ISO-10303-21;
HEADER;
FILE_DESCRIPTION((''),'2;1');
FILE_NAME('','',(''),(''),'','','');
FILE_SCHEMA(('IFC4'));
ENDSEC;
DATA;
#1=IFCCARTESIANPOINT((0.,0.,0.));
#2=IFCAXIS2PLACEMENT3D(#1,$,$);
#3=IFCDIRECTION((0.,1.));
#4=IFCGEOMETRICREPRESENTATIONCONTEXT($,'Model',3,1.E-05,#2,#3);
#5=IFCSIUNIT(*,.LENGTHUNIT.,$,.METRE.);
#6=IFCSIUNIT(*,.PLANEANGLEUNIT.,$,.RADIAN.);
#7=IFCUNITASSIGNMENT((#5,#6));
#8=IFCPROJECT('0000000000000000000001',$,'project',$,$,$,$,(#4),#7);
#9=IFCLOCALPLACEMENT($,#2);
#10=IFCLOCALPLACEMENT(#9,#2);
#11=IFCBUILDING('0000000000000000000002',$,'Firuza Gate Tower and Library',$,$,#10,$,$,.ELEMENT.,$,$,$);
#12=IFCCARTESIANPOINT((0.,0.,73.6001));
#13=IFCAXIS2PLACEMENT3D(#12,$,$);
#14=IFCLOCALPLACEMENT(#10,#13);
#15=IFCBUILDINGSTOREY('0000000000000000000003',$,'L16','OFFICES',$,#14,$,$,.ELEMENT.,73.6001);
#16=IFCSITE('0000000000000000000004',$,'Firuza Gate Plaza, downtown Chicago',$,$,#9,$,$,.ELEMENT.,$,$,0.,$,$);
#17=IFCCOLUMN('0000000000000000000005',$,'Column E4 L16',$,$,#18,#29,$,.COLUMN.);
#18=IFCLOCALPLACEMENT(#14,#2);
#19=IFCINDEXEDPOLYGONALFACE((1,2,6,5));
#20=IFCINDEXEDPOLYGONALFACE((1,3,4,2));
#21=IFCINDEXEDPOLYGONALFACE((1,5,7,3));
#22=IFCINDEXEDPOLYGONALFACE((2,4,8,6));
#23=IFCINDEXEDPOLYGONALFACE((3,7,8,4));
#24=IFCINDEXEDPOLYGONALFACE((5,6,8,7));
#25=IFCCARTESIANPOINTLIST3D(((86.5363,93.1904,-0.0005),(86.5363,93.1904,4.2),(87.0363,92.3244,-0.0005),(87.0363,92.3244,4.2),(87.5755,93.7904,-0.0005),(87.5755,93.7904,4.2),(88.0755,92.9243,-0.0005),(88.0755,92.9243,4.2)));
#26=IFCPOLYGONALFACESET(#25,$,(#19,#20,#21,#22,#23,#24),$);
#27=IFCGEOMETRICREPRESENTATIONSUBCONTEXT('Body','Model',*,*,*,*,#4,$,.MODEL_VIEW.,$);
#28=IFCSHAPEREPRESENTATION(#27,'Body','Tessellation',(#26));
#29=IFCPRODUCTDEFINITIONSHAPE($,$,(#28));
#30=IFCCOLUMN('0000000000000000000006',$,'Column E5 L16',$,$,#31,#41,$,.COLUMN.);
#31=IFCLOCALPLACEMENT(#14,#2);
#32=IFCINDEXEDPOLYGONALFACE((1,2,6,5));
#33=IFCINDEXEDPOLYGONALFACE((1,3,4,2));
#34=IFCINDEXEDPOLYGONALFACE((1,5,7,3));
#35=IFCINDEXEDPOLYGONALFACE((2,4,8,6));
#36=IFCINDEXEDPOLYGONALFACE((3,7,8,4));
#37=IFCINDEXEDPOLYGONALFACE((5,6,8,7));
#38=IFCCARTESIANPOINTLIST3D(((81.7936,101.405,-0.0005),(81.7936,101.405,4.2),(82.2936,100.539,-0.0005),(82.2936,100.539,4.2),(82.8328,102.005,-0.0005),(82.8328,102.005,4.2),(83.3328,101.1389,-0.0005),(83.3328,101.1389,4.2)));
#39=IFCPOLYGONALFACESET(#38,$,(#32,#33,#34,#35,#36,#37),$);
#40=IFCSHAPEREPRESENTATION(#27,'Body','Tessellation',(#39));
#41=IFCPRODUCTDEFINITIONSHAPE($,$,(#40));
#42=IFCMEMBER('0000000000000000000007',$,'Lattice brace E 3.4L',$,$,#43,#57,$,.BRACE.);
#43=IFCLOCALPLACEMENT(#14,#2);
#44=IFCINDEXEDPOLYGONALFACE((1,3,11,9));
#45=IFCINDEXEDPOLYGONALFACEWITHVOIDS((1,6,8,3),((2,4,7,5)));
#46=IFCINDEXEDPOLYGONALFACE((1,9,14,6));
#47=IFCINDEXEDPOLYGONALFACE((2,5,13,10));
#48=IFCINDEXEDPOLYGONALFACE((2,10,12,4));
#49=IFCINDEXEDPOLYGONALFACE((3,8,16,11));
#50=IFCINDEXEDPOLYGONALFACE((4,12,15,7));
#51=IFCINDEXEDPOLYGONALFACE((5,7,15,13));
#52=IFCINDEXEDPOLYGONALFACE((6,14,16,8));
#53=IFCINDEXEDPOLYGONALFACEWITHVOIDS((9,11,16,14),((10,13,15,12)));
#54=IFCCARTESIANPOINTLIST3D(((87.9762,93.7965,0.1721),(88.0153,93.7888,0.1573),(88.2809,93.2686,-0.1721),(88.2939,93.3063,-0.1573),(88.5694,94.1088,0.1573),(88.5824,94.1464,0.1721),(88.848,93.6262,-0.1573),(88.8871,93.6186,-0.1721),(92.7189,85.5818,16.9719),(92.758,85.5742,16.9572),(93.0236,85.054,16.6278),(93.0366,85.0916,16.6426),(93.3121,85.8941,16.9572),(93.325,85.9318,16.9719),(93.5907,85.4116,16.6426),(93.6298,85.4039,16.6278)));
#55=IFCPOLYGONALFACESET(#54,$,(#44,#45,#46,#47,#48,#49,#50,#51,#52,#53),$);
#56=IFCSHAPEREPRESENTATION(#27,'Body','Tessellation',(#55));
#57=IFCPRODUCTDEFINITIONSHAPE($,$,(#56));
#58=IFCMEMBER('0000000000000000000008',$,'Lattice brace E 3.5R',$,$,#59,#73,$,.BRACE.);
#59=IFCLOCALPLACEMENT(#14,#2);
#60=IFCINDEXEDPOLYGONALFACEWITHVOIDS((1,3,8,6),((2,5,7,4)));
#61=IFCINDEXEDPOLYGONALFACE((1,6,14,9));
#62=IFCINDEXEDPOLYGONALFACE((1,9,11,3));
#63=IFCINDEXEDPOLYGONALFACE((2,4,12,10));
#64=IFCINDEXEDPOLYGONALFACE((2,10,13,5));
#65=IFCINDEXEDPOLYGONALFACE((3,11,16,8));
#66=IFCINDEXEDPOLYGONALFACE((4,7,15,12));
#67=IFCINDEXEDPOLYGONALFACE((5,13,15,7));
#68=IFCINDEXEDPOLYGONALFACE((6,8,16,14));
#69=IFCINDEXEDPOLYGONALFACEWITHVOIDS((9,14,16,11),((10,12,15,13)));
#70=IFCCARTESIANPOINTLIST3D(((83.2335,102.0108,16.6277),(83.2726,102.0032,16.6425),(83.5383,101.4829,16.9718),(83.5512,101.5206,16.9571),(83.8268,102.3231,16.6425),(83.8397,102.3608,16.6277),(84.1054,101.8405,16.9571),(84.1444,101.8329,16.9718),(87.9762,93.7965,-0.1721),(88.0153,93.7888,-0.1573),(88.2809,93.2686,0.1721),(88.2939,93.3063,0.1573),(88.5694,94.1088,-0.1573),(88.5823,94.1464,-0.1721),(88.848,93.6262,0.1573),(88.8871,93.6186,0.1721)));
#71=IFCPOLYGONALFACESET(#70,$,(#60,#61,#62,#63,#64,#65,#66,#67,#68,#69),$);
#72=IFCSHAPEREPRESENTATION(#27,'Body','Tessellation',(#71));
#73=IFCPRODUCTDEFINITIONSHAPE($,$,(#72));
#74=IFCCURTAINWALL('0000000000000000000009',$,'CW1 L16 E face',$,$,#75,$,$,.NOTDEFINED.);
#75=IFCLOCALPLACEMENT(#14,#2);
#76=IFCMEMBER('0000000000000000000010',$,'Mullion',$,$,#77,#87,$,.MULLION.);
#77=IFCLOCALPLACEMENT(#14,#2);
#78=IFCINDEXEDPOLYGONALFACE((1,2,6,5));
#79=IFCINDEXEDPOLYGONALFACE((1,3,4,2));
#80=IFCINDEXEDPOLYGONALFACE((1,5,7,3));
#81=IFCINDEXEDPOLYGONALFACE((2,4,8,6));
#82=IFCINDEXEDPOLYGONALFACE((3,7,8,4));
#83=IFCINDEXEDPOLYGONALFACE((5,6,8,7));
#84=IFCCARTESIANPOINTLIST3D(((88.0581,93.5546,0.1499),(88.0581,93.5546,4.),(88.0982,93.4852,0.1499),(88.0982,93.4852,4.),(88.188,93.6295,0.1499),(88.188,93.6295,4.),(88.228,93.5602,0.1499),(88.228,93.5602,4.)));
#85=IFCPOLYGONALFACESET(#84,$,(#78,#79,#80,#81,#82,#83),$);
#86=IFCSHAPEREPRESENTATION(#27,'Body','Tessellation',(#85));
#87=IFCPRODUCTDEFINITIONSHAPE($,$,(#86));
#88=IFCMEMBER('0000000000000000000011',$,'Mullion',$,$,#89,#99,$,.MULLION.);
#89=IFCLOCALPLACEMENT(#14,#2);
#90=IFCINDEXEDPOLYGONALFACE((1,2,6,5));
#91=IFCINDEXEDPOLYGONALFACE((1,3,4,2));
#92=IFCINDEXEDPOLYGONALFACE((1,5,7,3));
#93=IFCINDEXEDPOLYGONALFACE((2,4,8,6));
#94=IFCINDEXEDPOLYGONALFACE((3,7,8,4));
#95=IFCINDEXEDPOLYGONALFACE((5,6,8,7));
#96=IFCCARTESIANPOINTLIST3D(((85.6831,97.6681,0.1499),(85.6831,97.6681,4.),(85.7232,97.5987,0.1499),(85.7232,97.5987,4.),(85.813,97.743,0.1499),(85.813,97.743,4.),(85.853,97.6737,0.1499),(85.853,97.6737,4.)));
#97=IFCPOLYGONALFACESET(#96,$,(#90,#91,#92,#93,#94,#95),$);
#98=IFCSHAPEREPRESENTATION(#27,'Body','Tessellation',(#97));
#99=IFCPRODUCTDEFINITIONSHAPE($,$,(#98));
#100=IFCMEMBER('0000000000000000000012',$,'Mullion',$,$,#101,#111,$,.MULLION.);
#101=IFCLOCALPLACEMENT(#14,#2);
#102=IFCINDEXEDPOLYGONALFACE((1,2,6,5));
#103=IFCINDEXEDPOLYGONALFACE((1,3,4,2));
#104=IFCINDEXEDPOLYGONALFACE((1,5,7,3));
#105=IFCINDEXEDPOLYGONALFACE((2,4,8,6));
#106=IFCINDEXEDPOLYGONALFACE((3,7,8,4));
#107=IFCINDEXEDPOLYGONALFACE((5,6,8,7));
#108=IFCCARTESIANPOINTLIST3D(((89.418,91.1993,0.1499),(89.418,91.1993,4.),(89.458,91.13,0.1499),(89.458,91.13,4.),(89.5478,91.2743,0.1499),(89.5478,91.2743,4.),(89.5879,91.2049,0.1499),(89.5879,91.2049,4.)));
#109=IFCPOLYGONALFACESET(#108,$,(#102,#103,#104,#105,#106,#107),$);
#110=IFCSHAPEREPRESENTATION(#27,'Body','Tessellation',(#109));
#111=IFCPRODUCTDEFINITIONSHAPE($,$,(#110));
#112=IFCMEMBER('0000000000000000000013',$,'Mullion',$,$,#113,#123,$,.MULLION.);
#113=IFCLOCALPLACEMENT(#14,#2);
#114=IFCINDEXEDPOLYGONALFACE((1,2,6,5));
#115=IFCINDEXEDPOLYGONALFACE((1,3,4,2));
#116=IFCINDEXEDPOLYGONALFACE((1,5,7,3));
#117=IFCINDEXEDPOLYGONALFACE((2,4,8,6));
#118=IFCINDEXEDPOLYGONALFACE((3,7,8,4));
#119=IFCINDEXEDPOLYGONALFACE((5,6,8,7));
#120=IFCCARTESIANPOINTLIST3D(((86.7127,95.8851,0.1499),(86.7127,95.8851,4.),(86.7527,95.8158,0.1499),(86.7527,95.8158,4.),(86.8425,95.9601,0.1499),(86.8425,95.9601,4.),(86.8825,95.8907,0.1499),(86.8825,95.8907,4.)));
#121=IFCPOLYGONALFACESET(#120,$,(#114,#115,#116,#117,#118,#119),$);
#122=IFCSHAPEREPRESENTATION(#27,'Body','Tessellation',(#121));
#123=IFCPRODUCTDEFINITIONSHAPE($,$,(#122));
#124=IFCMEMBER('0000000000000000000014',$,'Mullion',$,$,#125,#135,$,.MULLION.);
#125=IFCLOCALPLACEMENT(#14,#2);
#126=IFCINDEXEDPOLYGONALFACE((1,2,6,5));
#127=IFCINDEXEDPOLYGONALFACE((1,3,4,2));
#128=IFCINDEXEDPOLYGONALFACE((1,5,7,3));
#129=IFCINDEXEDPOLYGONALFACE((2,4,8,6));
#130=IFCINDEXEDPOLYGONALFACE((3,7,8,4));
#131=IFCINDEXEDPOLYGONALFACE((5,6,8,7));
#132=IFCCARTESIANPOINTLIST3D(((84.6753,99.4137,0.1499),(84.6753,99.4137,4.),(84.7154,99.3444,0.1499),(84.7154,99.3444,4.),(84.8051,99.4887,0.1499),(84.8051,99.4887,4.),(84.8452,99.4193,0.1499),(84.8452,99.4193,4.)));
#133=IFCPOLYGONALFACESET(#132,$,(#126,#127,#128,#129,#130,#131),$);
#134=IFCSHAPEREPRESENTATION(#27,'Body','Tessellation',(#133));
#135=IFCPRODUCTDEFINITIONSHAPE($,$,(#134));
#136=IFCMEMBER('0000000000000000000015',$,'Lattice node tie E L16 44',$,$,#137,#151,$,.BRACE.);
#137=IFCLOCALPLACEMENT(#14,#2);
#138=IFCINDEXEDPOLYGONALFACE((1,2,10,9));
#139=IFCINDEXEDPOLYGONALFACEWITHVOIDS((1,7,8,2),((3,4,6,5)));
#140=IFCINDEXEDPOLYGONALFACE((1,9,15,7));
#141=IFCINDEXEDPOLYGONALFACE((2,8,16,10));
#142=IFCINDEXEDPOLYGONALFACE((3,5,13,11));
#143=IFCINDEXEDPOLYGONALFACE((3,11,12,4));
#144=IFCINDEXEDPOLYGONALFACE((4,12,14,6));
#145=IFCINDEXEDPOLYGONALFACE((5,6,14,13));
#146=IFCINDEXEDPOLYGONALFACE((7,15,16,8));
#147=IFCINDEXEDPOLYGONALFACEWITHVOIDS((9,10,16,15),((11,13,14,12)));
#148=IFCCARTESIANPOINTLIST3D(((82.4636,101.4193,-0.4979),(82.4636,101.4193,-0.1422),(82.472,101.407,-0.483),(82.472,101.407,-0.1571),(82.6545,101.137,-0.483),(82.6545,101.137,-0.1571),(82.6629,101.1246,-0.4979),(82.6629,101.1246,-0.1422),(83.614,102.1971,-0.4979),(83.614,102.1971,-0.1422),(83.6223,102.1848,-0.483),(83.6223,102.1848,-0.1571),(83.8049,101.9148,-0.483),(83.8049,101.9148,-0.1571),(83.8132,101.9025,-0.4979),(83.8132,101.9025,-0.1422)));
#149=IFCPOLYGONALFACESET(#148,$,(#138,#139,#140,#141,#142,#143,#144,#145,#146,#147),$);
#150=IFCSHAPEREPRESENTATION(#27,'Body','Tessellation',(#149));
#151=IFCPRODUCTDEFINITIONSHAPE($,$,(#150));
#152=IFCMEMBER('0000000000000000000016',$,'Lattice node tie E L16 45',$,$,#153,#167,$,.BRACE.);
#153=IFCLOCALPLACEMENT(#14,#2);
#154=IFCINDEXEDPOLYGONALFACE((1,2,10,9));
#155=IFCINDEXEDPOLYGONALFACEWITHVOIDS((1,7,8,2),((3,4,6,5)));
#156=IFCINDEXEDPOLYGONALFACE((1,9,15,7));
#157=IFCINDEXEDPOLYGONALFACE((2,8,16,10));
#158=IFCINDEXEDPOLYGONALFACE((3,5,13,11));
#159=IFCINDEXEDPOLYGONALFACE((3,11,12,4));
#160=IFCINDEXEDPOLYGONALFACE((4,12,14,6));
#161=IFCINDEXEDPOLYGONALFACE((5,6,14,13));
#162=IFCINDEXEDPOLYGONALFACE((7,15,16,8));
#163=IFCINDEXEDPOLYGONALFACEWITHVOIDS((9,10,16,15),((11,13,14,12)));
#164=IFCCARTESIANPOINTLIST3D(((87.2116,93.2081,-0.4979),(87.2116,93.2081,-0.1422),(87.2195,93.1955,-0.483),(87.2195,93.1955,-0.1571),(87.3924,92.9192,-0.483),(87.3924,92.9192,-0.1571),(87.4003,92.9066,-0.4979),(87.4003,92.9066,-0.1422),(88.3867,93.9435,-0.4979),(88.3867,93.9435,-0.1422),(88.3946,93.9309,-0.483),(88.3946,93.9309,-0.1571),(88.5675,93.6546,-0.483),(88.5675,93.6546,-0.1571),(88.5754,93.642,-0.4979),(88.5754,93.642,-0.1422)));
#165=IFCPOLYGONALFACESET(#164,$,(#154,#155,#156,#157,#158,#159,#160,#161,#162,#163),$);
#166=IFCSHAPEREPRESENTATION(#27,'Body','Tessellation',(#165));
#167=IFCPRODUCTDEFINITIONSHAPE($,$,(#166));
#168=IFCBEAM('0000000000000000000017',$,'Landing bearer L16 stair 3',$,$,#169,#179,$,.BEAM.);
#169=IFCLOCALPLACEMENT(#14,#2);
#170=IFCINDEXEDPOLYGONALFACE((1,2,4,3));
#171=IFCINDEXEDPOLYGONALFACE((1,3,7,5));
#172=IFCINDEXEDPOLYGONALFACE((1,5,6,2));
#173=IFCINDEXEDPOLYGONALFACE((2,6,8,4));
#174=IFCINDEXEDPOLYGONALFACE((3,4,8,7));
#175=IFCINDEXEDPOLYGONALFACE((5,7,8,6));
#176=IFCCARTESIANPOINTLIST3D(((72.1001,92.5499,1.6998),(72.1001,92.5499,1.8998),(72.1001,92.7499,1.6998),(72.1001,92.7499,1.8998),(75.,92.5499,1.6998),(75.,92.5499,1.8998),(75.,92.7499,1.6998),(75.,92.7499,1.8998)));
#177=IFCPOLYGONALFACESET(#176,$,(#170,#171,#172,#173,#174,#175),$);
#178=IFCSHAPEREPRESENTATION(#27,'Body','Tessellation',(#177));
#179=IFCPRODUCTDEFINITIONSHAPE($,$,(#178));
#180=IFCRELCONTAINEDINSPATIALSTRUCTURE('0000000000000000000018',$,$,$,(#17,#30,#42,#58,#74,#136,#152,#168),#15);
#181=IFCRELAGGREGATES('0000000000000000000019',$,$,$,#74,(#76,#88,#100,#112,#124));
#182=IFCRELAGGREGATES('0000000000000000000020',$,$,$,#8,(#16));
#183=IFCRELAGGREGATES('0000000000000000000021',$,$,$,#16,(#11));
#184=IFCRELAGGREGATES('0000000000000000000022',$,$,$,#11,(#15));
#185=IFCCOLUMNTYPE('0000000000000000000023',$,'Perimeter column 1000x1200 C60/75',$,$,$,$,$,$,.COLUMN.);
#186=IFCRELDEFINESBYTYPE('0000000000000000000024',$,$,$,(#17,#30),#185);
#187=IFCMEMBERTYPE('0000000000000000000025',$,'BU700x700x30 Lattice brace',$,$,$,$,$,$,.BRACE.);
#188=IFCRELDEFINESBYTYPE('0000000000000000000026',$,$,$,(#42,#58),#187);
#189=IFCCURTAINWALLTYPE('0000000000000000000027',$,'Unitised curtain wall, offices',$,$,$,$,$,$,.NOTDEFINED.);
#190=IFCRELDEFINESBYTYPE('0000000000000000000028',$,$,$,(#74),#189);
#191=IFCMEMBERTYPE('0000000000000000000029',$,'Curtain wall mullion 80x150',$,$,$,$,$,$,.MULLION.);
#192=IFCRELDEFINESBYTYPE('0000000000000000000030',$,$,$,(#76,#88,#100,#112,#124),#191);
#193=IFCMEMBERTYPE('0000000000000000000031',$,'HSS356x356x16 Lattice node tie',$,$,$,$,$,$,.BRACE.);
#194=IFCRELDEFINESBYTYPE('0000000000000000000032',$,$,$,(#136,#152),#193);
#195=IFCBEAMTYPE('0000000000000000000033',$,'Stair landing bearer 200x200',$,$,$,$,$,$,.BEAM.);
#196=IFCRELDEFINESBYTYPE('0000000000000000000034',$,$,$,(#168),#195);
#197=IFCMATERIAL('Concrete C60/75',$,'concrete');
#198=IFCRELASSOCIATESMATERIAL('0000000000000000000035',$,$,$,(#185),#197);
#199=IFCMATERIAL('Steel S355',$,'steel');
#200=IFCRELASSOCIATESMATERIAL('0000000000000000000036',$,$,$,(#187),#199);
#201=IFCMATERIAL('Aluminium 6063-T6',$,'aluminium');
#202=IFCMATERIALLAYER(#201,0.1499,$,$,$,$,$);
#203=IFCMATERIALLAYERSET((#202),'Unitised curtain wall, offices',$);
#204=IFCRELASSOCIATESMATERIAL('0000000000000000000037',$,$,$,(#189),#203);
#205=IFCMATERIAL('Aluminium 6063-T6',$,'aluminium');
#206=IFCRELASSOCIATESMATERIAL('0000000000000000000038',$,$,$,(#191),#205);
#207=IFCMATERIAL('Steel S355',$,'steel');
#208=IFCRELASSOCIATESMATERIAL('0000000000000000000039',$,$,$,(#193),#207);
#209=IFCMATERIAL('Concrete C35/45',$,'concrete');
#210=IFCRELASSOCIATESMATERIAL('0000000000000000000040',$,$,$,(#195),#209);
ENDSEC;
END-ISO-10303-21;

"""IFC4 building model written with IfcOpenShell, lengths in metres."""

from ifc_helpers import new_model, si_unit, direction, frame, origin, origin_2d, place, context, subcontext, project, spatial, rectangle, hollow_rectangle, extrude, material, layer, layer_set, material_profile, profile_set, type_object, element, aggregate, save


model = new_model("IFC4")

# Units and contexts
model_context = context("Model", 3, precision=1e-05, world=origin(), true_north=direction((0.0, 1.0)))
body_context = subcontext(model_context, "Body", "Model", "MODEL_VIEW")
ifc_project = project(units=[si_unit("LENGTHUNIT", "METRE"), si_unit("PLANEANGLEUNIT", "RADIAN")], contexts=[model_context])

# Site, building, storey
site_placement = place(None, origin())
site = spatial("IfcSite", under=ifc_project, at=site_placement, Name="Firuza Gate Plaza, downtown Chicago", CompositionType="ELEMENT", RefElevation=0.0)
building_placement = place(site_placement, origin())
building = spatial("IfcBuilding", under=site, at=building_placement, Name="Firuza Gate Tower and Library", CompositionType="ELEMENT")
storey_placement = place(building_placement, frame((0.0, 0.0, 73.6001)))
storey = spatial("IfcBuildingStorey", under=building, at=storey_placement, Name="L16", Description="OFFICES", CompositionType="ELEMENT", Elevation=73.6001)

# Columns
ifc_material_1 = material(Name="Concrete C60/75", Category="concrete")
ifc_material_profile_1 = material_profile(ifc_material_1, rectangle(XDim=1.0, YDim=1.2, at=origin_2d()))
ifc_profile_set_1 = profile_set([ifc_material_profile_1], Name="Concrete C60/75")
column_type = type_object("IfcColumnType", Name="Perimeter column 1000x1200 C60/75", PredefinedType="COLUMN", material=ifc_profile_set_1)
for number, where, z_axis, x_axis, name in (
    (1, (87.3059, 93.0574, -0.0005), (0.0, 0.0, 1.0), (-0.5, 0.866025, 0.0), "Column E4 L16"),
    (2, (82.5632, 101.272, -0.0005), (0.0, 0.0, 1.0), (-0.5, 0.866025, 0.0), "Column E5 L16"),
):
    element("IfcColumn", number, at=place(storey_placement, frame(where, z_axis=z_axis, x_axis=x_axis)), inside=storey, type_object=column_type, Name=name, PredefinedType="COLUMN", context=body_context, shape_type="SweptSolid", body=[
        extrude(rectangle(XDim=1.0, YDim=1.2, at=origin_2d()), origin(), (0.0, 0.0, 1.0), 4.2004),
    ])

# Members
ifc_material_2 = material(Name="Steel S355", Category="steel")
ifc_material_profile_2 = material_profile(ifc_material_2, hollow_rectangle(XDim=0.7, YDim=0.7, WallThickness=0.03, at=origin_2d()))
ifc_profile_set_2 = profile_set([ifc_material_profile_2], Name="Steel S355")
member_type_1 = type_object("IfcMemberType", Name="BU700x700x30 Lattice brace", PredefinedType="BRACE", material=ifc_profile_set_2)
member_1_placement = place(storey_placement, frame((88.4316, 93.7075, 0.0), z_axis=(0.245828, -0.425789, 0.870788), x_axis=(0.866027, 0.499998, 0.0)))
element("IfcMember", 3, at=member_1_placement, inside=storey, type_object=member_type_1, Name="Lattice brace E 3.4L", PredefinedType="BRACE", context=body_context, shape_type="SweptSolid", body=[
    extrude(hollow_rectangle(XDim=0.7, YDim=0.7, WallThickness=0.03, at=origin_2d()), origin(), (0.0, 0.0, 1.0), 19.2927),
])
member_2_placement = place(storey_placement, frame((88.4316, 93.7075, 0.0), z_axis=(-0.24583, 0.425779, 0.870793), x_axis=(-0.86602, -0.500009, 0.0)))
element("IfcMember", 4, at=member_2_placement, inside=storey, type_object=member_type_1, Name="Lattice brace E 3.5R", PredefinedType="BRACE", context=body_context, shape_type="SweptSolid", body=[
    extrude(hollow_rectangle(XDim=0.7, YDim=0.7, WallThickness=0.03, at=origin_2d()), origin(), (0.0, 0.0, 1.0), 19.2925),
])

# Curtain wall, members
ifc_material_3 = material(Name="Aluminium 6063-T6", Category="aluminium")
ifc_layer_1 = layer(ifc_material_3, 0.1499)
ifc_layer_set_1 = layer_set([ifc_layer_1], Name="Unitised curtain wall, offices")
curtain_wall_type = type_object("IfcCurtainWallType", Name="Unitised curtain wall, offices", PredefinedType="NOTDEFINED", material=ifc_layer_set_1)
curtain_wall_placement = place(storey_placement, origin())
curtain_wall = element("IfcCurtainWall", 5, at=curtain_wall_placement, inside=storey, type_object=curtain_wall_type, Name="CW1 L16 E face", PredefinedType="NOTDEFINED")
ifc_material_4 = material(Name="Aluminium 6063-T6", Category="aluminium")
ifc_material_profile_3 = material_profile(ifc_material_4, rectangle(XDim=0.1499, YDim=0.0801, at=origin_2d()))
ifc_profile_set_3 = profile_set([ifc_material_profile_3], Name="Aluminium 6063-T6")
member_type_2 = type_object("IfcMemberType", Name="Curtain wall mullion 80x150", PredefinedType="MULLION", material=ifc_profile_set_3)
member_3_placement = place(storey_placement, frame((88.1431, 93.5574, 0.1499), z_axis=(0.0, 0.0, 1.0), x_axis=(-0.866025, -0.5, 0.0)))
member_3 = element("IfcMember", 6, at=member_3_placement, type_object=member_type_2, Name="Mullion", PredefinedType="MULLION", context=body_context, shape_type="SweptSolid", body=[
    extrude(rectangle(XDim=0.1499, YDim=0.0801, at=origin_2d()), origin(), (0.0, 0.0, 1.0), 3.8501),
])
member_4_placement = place(storey_placement, frame((85.7681, 97.6709, 0.1499), z_axis=(0.0, 0.0, 1.0), x_axis=(-0.866025, -0.5, 0.0)))
member_4 = element("IfcMember", 7, at=member_4_placement, type_object=member_type_2, Name="Mullion", PredefinedType="MULLION", context=body_context, shape_type="SweptSolid", body=[
    extrude(rectangle(XDim=0.1499, YDim=0.0801, at=origin_2d()), origin(), (0.0, 0.0, 1.0), 3.8501),
])
member_5_placement = place(storey_placement, frame((89.5029, 91.2021, 0.1499), z_axis=(0.0, 0.0, 1.0), x_axis=(-0.866025, -0.5, 0.0)))
member_5 = element("IfcMember", 8, at=member_5_placement, type_object=member_type_2, Name="Mullion", PredefinedType="MULLION", context=body_context, shape_type="SweptSolid", body=[
    extrude(rectangle(XDim=0.1499, YDim=0.0801, at=origin_2d()), origin(), (0.0, 0.0, 1.0), 3.8501),
])
member_6_placement = place(storey_placement, frame((86.7976, 95.8879, 0.1499), z_axis=(0.0, 0.0, 1.0), x_axis=(-0.866025, -0.5, 0.0)))
member_6 = element("IfcMember", 9, at=member_6_placement, type_object=member_type_2, Name="Mullion", PredefinedType="MULLION", context=body_context, shape_type="SweptSolid", body=[
    extrude(rectangle(XDim=0.1499, YDim=0.0801, at=origin_2d()), origin(), (0.0, 0.0, 1.0), 3.8501),
])
member_7_placement = place(storey_placement, frame((84.7603, 99.4165, 0.1499), z_axis=(0.0, 0.0, 1.0), x_axis=(-0.866025, -0.5, 0.0)))
member_7 = element("IfcMember", 10, at=member_7_placement, type_object=member_type_2, Name="Mullion", PredefinedType="MULLION", context=body_context, shape_type="SweptSolid", body=[
    extrude(rectangle(XDim=0.1499, YDim=0.0801, at=origin_2d()), origin(), (0.0, 0.0, 1.0), 3.8501),
])

# Members
ifc_material_5 = material(Name="Steel S355", Category="steel")
ifc_material_profile_4 = material_profile(ifc_material_5, hollow_rectangle(XDim=0.3557, YDim=0.3557, WallThickness=0.0149, at=origin_2d()))
ifc_profile_set_4 = profile_set([ifc_material_profile_4], Name="Steel S355")
member_type_3 = type_object("IfcMemberType", Name="HSS356x356x16 Lattice node tie", PredefinedType="BRACE", material=ifc_profile_set_4)
member_8_placement = place(storey_placement, frame((82.5632, 101.272, -0.3201), z_axis=(0.828408, 0.560125, 0.0), x_axis=(-0.560125, 0.828408, 0.0)))
element("IfcMember", 11, at=member_8_placement, inside=storey, type_object=member_type_3, Name="Lattice node tie E L16 44", PredefinedType="BRACE", context=body_context, shape_type="SweptSolid", body=[
    extrude(hollow_rectangle(XDim=0.3557, YDim=0.3557, WallThickness=0.0149, at=origin_2d()), origin(), (0.0, 0.0, 1.0), 1.3887),
])
member_9_placement = place(storey_placement, frame((87.3059, 93.0574, -0.3201), z_axis=(0.847691, 0.53049, 0.0), x_axis=(-0.53049, 0.847691, 0.0)))
element("IfcMember", 12, at=member_9_placement, inside=storey, type_object=member_type_3, Name="Lattice node tie E L16 45", PredefinedType="BRACE", context=body_context, shape_type="SweptSolid", body=[
    extrude(hollow_rectangle(XDim=0.3557, YDim=0.3557, WallThickness=0.0149, at=origin_2d()), origin(), (0.0, 0.0, 1.0), 1.3862),
])

# Beam
ifc_material_6 = material(Name="Concrete C35/45", Category="concrete")
ifc_material_profile_5 = material_profile(ifc_material_6, rectangle(XDim=0.2, YDim=0.2, at=origin_2d()))
ifc_profile_set_5 = profile_set([ifc_material_profile_5], Name="Concrete C35/45")
beam_type_1 = type_object("IfcBeamType", Name="Stair landing bearer 200x200", PredefinedType="BEAM", material=ifc_profile_set_5)
beam_1_placement = place(storey_placement, frame((75.0, 92.6499, 1.7998), z_axis=(-1.0, 0.0, 0.0), x_axis=(0.0, -1.0, 0.0)))
element("IfcBeam", 13, at=beam_1_placement, inside=storey, type_object=beam_type_1, Name="Landing bearer L16 stair 3", PredefinedType="BEAM", context=body_context, shape_type="SweptSolid", body=[
    extrude(rectangle(XDim=0.2, YDim=0.2, at=origin_2d()), origin(), (0.0, 0.0, 1.0), 2.8999),
])

aggregate(curtain_wall, [member_3, member_4, member_5, member_6, member_7])

save(model, "model.ifc")
